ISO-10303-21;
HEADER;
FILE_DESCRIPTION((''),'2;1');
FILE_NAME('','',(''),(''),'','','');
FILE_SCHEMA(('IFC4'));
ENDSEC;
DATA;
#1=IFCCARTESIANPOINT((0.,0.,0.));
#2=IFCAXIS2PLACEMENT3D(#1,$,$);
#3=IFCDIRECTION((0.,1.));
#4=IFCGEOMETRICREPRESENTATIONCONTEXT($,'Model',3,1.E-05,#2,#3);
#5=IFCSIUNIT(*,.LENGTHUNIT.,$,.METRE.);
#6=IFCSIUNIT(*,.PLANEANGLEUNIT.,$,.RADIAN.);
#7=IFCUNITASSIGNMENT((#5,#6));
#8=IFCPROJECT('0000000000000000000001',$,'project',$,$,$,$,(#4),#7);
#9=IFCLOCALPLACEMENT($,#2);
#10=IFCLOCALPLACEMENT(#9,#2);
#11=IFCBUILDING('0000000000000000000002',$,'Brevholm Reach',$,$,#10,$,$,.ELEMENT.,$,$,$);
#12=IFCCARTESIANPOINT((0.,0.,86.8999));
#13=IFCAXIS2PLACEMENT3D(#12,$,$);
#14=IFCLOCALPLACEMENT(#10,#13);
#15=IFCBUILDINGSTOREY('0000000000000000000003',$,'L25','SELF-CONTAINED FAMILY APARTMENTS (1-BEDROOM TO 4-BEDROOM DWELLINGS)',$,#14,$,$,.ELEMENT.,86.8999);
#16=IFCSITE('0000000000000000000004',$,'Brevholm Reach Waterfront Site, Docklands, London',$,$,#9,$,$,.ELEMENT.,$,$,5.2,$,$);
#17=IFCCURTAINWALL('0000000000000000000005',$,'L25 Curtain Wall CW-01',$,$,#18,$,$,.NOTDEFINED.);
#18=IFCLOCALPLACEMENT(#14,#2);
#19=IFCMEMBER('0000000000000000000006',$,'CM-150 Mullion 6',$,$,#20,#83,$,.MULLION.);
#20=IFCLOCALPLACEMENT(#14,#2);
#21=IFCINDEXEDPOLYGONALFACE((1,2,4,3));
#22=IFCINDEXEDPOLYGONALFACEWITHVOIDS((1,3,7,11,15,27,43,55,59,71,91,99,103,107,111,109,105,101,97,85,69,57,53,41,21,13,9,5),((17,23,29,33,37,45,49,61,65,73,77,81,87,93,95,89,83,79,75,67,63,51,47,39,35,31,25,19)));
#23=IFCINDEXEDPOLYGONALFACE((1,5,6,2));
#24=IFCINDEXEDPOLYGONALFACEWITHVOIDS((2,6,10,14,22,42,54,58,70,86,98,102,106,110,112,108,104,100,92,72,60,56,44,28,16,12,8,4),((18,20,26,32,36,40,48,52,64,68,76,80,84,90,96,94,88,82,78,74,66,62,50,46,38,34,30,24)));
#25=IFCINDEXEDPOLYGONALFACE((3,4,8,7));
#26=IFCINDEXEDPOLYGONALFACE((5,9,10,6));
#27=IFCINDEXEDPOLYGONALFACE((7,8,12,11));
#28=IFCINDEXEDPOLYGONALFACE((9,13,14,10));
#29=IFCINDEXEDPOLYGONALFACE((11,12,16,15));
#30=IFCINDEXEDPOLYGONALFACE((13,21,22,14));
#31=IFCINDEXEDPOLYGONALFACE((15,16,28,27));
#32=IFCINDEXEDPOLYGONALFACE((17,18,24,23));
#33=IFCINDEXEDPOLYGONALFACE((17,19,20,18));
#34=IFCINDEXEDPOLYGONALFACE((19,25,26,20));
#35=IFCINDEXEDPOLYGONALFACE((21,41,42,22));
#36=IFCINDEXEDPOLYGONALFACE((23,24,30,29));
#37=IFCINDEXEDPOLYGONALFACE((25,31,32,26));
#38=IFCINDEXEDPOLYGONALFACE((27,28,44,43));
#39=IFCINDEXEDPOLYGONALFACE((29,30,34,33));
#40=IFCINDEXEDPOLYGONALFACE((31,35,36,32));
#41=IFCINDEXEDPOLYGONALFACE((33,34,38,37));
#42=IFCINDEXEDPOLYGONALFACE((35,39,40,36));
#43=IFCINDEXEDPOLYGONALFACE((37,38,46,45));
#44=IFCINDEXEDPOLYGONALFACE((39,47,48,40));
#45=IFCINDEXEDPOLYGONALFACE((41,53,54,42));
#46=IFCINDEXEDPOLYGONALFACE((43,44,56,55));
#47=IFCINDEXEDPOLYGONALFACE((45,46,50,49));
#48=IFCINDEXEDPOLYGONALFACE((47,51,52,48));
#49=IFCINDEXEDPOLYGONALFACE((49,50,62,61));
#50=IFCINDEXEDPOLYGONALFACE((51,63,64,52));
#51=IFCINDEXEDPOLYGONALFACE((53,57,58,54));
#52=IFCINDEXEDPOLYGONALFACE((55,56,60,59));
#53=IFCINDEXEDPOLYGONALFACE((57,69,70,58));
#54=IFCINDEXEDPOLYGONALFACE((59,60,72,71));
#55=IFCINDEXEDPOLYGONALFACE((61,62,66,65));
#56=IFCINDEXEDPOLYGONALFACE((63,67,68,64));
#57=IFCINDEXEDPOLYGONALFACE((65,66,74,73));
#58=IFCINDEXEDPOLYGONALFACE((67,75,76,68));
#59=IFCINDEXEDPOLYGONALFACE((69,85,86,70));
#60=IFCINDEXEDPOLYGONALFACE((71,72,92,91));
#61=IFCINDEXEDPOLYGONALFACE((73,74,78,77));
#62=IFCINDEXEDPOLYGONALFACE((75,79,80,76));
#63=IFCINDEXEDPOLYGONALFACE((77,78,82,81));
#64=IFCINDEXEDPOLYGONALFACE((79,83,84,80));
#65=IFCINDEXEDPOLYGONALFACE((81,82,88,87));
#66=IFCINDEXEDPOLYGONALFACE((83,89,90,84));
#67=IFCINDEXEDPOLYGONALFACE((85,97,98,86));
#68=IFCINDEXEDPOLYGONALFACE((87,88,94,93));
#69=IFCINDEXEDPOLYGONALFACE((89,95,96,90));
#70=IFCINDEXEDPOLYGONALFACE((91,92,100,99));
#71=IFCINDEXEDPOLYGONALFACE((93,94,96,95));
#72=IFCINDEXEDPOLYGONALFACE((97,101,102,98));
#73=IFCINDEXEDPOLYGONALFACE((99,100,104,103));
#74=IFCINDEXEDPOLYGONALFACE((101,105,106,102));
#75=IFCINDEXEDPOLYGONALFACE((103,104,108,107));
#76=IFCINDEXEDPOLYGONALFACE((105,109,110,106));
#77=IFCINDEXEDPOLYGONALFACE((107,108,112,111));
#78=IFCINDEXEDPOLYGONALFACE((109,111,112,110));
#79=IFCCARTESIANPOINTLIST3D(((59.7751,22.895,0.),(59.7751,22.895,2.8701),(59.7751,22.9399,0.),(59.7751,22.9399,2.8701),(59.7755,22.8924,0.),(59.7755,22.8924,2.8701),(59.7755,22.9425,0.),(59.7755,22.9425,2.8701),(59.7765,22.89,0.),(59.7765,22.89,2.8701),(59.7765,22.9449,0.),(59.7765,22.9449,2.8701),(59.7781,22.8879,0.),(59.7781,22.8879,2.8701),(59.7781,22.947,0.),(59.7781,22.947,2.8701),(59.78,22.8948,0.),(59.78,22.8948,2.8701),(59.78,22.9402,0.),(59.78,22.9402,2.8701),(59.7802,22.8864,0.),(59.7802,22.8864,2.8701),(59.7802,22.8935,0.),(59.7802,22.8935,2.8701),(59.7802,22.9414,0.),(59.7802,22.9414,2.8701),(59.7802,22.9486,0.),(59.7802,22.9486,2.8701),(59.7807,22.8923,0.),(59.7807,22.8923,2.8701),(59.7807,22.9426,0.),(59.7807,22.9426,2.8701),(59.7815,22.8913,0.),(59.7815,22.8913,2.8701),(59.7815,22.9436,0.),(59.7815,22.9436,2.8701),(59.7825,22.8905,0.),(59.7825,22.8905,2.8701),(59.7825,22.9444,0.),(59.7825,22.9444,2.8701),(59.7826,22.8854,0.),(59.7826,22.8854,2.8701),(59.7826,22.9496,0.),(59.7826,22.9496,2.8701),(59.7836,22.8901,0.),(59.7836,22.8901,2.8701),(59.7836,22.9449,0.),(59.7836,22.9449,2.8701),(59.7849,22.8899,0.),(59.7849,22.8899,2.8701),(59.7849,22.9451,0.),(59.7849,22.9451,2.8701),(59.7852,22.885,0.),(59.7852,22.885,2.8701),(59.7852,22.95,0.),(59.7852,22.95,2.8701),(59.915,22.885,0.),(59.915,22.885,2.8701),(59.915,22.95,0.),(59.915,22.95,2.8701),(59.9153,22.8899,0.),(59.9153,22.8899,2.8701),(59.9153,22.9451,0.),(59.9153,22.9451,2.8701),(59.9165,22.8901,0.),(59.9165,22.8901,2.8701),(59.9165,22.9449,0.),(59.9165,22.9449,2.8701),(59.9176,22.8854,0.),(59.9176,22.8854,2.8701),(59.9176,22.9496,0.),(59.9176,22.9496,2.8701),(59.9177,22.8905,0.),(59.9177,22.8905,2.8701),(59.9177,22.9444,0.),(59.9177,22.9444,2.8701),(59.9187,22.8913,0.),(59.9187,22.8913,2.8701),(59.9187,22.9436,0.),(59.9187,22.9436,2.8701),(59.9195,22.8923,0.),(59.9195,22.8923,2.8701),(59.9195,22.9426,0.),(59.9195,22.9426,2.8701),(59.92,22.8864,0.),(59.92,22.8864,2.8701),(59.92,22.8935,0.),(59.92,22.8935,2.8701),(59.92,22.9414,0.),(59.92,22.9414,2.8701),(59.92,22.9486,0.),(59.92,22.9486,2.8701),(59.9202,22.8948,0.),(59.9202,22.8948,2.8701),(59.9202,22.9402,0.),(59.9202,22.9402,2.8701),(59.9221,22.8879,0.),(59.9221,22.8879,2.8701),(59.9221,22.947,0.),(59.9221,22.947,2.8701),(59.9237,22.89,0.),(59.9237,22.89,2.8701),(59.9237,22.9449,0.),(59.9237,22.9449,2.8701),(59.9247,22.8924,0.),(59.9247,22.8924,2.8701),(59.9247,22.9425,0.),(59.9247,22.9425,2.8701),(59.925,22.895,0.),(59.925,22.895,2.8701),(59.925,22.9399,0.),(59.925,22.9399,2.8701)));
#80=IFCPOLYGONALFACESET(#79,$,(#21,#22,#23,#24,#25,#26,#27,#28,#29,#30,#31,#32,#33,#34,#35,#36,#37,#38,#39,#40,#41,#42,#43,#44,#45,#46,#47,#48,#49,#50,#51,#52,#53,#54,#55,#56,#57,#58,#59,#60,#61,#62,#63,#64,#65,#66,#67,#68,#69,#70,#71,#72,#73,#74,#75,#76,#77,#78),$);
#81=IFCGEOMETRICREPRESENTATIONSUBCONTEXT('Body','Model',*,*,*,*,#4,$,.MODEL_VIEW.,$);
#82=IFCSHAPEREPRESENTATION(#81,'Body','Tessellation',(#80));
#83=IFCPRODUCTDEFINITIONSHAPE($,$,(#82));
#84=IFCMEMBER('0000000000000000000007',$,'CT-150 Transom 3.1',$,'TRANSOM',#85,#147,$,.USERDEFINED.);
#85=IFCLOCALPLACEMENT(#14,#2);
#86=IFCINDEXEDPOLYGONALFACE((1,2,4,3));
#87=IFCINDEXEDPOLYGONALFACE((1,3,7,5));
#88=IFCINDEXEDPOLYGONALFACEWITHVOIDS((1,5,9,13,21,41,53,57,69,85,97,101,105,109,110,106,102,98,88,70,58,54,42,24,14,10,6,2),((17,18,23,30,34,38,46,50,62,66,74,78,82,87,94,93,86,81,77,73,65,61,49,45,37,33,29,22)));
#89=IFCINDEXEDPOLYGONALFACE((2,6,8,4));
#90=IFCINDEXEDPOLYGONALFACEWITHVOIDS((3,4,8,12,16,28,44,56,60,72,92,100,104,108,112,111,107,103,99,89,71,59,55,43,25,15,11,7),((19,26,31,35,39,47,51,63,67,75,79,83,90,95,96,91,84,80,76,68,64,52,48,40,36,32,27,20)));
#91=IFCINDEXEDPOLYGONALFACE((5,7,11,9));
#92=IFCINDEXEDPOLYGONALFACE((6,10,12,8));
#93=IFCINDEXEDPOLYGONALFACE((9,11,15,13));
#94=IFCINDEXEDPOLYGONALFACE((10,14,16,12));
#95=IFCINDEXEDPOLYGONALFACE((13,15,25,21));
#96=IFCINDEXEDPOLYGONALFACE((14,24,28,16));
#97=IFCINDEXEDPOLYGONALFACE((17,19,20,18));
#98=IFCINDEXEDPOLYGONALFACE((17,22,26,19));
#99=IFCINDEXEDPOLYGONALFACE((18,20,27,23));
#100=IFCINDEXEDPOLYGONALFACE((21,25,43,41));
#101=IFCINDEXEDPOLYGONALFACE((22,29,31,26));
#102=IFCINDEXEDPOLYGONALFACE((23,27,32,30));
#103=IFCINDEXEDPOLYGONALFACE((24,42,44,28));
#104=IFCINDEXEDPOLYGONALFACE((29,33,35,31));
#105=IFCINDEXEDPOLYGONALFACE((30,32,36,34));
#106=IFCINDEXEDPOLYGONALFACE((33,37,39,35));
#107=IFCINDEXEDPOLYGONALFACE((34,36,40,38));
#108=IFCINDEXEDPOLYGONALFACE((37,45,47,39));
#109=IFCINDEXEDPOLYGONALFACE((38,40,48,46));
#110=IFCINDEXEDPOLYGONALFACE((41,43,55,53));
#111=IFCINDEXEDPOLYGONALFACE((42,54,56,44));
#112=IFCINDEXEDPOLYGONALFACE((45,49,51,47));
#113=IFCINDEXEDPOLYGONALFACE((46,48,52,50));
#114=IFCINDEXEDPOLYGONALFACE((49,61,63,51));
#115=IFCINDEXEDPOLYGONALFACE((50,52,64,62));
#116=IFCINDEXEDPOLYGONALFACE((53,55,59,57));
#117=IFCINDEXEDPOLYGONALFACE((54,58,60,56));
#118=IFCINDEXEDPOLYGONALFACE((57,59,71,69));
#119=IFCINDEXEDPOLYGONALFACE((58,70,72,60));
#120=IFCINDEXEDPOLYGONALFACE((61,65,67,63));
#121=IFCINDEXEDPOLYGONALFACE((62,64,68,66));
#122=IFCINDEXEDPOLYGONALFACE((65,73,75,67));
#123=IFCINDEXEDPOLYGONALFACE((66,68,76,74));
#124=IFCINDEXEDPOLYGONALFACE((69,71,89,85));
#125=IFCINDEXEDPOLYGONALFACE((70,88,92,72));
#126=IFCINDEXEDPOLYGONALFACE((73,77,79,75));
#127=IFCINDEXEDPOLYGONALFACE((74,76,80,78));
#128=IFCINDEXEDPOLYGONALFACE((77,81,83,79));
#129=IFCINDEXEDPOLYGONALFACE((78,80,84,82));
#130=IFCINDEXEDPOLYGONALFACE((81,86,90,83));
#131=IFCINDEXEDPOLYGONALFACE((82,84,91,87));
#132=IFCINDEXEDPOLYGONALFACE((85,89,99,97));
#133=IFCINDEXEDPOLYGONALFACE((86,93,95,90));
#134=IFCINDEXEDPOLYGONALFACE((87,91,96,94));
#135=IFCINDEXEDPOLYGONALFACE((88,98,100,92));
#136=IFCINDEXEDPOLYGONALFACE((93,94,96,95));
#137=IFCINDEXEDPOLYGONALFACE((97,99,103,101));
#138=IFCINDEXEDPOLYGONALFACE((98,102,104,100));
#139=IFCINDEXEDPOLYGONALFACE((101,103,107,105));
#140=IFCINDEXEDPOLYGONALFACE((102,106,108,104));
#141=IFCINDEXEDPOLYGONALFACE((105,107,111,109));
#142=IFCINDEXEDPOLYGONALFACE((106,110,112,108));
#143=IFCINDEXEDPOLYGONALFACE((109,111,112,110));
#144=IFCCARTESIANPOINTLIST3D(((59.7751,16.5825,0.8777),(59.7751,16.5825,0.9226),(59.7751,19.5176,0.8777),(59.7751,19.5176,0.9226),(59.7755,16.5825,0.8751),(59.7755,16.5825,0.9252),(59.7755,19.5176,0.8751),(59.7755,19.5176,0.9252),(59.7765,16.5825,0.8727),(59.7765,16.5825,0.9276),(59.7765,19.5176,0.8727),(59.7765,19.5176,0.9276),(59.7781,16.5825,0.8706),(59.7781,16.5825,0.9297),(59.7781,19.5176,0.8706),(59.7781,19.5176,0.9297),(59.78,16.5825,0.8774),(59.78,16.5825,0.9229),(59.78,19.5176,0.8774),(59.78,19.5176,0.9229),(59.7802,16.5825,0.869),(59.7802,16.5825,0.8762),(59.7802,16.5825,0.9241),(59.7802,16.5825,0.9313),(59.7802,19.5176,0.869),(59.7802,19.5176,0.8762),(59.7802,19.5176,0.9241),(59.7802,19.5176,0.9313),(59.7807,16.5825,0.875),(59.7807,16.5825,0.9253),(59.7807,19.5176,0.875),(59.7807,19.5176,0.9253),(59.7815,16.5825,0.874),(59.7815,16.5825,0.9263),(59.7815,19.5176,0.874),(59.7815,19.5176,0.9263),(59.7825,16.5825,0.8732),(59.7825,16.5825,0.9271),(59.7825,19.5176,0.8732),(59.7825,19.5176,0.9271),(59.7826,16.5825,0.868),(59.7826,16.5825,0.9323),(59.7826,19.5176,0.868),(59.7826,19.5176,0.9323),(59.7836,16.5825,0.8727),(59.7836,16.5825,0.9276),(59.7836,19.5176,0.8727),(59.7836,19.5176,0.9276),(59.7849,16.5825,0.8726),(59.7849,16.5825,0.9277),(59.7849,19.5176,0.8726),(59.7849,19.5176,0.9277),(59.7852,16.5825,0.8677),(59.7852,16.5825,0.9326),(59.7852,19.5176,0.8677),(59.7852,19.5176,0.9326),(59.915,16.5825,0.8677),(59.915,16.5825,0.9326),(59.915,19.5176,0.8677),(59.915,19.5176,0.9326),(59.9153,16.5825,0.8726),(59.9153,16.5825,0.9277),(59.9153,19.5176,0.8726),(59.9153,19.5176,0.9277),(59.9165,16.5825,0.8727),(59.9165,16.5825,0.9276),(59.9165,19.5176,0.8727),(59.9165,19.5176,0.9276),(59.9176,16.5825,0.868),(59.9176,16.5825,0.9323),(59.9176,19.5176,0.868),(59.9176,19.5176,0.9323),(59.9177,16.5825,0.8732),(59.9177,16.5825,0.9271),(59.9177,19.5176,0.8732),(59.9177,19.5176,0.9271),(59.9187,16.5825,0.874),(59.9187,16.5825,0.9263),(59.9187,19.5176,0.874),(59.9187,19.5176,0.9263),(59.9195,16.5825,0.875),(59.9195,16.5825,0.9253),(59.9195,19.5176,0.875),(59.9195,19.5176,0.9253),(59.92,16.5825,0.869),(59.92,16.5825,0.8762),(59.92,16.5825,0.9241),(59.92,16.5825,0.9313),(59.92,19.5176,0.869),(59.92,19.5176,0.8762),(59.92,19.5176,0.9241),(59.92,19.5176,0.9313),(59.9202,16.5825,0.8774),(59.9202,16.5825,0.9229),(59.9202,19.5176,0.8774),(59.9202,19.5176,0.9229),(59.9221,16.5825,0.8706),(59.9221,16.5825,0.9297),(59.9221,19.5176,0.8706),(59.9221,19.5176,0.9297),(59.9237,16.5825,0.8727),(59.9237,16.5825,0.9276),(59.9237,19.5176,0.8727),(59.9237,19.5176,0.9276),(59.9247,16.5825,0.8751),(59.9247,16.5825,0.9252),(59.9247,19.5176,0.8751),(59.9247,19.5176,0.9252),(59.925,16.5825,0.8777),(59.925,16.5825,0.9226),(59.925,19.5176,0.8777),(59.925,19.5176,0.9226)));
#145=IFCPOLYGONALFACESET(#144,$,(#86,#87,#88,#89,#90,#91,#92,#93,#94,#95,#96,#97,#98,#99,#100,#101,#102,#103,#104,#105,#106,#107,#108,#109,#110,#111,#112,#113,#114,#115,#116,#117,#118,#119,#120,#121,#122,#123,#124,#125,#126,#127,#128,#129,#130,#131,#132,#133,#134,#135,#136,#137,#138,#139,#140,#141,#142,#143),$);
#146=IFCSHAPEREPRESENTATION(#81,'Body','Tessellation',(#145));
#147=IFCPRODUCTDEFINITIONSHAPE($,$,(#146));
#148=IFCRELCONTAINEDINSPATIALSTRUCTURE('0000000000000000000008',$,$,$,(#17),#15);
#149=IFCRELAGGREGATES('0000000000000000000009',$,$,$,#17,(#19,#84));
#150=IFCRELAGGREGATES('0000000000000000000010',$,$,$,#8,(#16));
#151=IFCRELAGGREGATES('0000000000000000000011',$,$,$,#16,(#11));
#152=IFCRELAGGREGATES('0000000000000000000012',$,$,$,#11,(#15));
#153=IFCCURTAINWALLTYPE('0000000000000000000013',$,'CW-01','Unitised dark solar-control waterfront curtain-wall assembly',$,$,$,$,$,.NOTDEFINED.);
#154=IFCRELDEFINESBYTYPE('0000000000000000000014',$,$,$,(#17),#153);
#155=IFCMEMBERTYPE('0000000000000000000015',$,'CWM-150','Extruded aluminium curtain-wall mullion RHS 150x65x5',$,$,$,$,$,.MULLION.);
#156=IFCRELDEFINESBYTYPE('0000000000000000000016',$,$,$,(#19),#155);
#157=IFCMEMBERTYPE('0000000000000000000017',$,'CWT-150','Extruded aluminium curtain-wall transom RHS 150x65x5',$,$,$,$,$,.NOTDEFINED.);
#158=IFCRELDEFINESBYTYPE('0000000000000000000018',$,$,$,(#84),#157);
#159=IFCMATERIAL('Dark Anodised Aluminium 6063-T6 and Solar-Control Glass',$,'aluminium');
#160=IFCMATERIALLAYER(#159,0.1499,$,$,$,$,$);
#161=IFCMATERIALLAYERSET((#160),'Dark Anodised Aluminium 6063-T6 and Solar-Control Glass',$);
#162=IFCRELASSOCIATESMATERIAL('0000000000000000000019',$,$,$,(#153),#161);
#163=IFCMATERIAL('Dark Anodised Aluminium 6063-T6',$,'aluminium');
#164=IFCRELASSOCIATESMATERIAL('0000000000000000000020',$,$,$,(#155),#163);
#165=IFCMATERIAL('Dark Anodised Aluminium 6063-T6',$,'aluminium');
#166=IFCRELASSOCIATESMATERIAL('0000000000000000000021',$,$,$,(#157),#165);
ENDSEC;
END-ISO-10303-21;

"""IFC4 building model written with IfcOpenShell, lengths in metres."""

from ifc_helpers import new_model, si_unit, direction, frame, origin, origin_2d, place, context, subcontext, project, spatial, hollow_rectangle, extrude, material, layer, layer_set, material_profile, profile_set, type_object, element, aggregate, save


model = new_model("IFC4")

# Units and contexts
model_context = context("Model", 3, precision=1e-05, world=origin(), true_north=direction((0.0, 1.0)))
body_context = subcontext(model_context, "Body", "Model", "MODEL_VIEW")
ifc_project = project(units=[si_unit("LENGTHUNIT", "METRE"), si_unit("PLANEANGLEUNIT", "RADIAN")], contexts=[model_context])

# Site, building, storey
site_placement = place(None, origin())
site = spatial("IfcSite", under=ifc_project, at=site_placement, Name="Brevholm Reach Waterfront Site, Docklands, London", CompositionType="ELEMENT", RefElevation=5.2)
building_placement = place(site_placement, origin())
building = spatial("IfcBuilding", under=site, at=building_placement, Name="Brevholm Reach", CompositionType="ELEMENT")
storey_placement = place(building_placement, frame((0.0, 0.0, 86.8999)))
storey = spatial("IfcBuildingStorey", under=building, at=storey_placement, Name="L25", Description="SELF-CONTAINED FAMILY APARTMENTS (1-BEDROOM TO 4-BEDROOM DWELLINGS)", CompositionType="ELEMENT", Elevation=86.8999)

# Curtain wall, members
ifc_material_1 = material(Name="Dark Anodised Aluminium 6063-T6 and Solar-Control Glass", Category="aluminium")
ifc_layer_1 = layer(ifc_material_1, 0.1499)
ifc_layer_set_1 = layer_set([ifc_layer_1], Name="Dark Anodised Aluminium 6063-T6 and Solar-Control Glass")
curtain_wall_type = type_object("IfcCurtainWallType", Name="CW-01", Description="Unitised dark solar-control waterfront curtain-wall assembly", PredefinedType="NOTDEFINED", material=ifc_layer_set_1)
curtain_wall_placement = place(storey_placement, origin())
curtain_wall = element("IfcCurtainWall", 1, at=curtain_wall_placement, inside=storey, type_object=curtain_wall_type, Name="L25 Curtain Wall CW-01", PredefinedType="NOTDEFINED")
ifc_material_2 = material(Name="Dark Anodised Aluminium 6063-T6", Category="aluminium")
ifc_material_profile_1 = material_profile(ifc_material_2, hollow_rectangle(XDim=0.0649, YDim=0.1499, WallThickness=0.0049, InnerFilletRadius=0.0049, OuterFilletRadius=0.01, at=origin_2d()), Name="RHS 150x65x5")
ifc_profile_set_1 = profile_set([ifc_material_profile_1], Name="Dark Anodised Aluminium 6063-T6")
member_type_1 = type_object("IfcMemberType", Name="CWM-150", Description="Extruded aluminium curtain-wall mullion RHS 150x65x5", PredefinedType="MULLION", material=ifc_profile_set_1)
member_1_placement = place(storey_placement, frame((59.8501, 22.9175, 0.0), z_axis=(0.0, 0.0, 1.0), x_axis=(0.0, 1.0, 0.0)))
member_1 = element("IfcMember", 2, at=member_1_placement, type_object=member_type_1, Name="CM-150 Mullion 6", PredefinedType="MULLION", context=body_context, shape_type="SweptSolid", body=[
    extrude(hollow_rectangle(XDim=0.0649, YDim=0.1499, WallThickness=0.0049, InnerFilletRadius=0.0049, OuterFilletRadius=0.01, at=origin_2d()), origin(), (0.0, 0.0, 1.0), 2.8701),
])
ifc_material_3 = material(Name="Dark Anodised Aluminium 6063-T6", Category="aluminium")
ifc_material_profile_2 = material_profile(ifc_material_3, hollow_rectangle(XDim=0.0649, YDim=0.1499, WallThickness=0.0049, InnerFilletRadius=0.0049, OuterFilletRadius=0.01, at=origin_2d()), Name="RHS 150x65x5")
ifc_profile_set_2 = profile_set([ifc_material_profile_2], Name="Dark Anodised Aluminium 6063-T6")
member_type_2 = type_object("IfcMemberType", Name="CWT-150", Description="Extruded aluminium curtain-wall transom RHS 150x65x5", PredefinedType="NOTDEFINED", material=ifc_profile_set_2)
member_2_placement = place(storey_placement, frame((59.8501, 16.5825, 0.9001), z_axis=(0.0, 1.0, 0.0), x_axis=(0.0, 0.0, 1.0)))
member_2 = element("IfcMember", 3, at=member_2_placement, type_object=member_type_2, Name="CT-150 Transom 3.1", ObjectType="TRANSOM", PredefinedType="USERDEFINED", context=body_context, shape_type="SweptSolid", body=[
    extrude(hollow_rectangle(XDim=0.0649, YDim=0.1499, WallThickness=0.0049, InnerFilletRadius=0.0049, OuterFilletRadius=0.01, at=origin_2d()), origin(), (0.0, 0.0, 1.0), 2.9351),
])
aggregate(curtain_wall, [member_1, member_2])

save(model, "model.ifc")
